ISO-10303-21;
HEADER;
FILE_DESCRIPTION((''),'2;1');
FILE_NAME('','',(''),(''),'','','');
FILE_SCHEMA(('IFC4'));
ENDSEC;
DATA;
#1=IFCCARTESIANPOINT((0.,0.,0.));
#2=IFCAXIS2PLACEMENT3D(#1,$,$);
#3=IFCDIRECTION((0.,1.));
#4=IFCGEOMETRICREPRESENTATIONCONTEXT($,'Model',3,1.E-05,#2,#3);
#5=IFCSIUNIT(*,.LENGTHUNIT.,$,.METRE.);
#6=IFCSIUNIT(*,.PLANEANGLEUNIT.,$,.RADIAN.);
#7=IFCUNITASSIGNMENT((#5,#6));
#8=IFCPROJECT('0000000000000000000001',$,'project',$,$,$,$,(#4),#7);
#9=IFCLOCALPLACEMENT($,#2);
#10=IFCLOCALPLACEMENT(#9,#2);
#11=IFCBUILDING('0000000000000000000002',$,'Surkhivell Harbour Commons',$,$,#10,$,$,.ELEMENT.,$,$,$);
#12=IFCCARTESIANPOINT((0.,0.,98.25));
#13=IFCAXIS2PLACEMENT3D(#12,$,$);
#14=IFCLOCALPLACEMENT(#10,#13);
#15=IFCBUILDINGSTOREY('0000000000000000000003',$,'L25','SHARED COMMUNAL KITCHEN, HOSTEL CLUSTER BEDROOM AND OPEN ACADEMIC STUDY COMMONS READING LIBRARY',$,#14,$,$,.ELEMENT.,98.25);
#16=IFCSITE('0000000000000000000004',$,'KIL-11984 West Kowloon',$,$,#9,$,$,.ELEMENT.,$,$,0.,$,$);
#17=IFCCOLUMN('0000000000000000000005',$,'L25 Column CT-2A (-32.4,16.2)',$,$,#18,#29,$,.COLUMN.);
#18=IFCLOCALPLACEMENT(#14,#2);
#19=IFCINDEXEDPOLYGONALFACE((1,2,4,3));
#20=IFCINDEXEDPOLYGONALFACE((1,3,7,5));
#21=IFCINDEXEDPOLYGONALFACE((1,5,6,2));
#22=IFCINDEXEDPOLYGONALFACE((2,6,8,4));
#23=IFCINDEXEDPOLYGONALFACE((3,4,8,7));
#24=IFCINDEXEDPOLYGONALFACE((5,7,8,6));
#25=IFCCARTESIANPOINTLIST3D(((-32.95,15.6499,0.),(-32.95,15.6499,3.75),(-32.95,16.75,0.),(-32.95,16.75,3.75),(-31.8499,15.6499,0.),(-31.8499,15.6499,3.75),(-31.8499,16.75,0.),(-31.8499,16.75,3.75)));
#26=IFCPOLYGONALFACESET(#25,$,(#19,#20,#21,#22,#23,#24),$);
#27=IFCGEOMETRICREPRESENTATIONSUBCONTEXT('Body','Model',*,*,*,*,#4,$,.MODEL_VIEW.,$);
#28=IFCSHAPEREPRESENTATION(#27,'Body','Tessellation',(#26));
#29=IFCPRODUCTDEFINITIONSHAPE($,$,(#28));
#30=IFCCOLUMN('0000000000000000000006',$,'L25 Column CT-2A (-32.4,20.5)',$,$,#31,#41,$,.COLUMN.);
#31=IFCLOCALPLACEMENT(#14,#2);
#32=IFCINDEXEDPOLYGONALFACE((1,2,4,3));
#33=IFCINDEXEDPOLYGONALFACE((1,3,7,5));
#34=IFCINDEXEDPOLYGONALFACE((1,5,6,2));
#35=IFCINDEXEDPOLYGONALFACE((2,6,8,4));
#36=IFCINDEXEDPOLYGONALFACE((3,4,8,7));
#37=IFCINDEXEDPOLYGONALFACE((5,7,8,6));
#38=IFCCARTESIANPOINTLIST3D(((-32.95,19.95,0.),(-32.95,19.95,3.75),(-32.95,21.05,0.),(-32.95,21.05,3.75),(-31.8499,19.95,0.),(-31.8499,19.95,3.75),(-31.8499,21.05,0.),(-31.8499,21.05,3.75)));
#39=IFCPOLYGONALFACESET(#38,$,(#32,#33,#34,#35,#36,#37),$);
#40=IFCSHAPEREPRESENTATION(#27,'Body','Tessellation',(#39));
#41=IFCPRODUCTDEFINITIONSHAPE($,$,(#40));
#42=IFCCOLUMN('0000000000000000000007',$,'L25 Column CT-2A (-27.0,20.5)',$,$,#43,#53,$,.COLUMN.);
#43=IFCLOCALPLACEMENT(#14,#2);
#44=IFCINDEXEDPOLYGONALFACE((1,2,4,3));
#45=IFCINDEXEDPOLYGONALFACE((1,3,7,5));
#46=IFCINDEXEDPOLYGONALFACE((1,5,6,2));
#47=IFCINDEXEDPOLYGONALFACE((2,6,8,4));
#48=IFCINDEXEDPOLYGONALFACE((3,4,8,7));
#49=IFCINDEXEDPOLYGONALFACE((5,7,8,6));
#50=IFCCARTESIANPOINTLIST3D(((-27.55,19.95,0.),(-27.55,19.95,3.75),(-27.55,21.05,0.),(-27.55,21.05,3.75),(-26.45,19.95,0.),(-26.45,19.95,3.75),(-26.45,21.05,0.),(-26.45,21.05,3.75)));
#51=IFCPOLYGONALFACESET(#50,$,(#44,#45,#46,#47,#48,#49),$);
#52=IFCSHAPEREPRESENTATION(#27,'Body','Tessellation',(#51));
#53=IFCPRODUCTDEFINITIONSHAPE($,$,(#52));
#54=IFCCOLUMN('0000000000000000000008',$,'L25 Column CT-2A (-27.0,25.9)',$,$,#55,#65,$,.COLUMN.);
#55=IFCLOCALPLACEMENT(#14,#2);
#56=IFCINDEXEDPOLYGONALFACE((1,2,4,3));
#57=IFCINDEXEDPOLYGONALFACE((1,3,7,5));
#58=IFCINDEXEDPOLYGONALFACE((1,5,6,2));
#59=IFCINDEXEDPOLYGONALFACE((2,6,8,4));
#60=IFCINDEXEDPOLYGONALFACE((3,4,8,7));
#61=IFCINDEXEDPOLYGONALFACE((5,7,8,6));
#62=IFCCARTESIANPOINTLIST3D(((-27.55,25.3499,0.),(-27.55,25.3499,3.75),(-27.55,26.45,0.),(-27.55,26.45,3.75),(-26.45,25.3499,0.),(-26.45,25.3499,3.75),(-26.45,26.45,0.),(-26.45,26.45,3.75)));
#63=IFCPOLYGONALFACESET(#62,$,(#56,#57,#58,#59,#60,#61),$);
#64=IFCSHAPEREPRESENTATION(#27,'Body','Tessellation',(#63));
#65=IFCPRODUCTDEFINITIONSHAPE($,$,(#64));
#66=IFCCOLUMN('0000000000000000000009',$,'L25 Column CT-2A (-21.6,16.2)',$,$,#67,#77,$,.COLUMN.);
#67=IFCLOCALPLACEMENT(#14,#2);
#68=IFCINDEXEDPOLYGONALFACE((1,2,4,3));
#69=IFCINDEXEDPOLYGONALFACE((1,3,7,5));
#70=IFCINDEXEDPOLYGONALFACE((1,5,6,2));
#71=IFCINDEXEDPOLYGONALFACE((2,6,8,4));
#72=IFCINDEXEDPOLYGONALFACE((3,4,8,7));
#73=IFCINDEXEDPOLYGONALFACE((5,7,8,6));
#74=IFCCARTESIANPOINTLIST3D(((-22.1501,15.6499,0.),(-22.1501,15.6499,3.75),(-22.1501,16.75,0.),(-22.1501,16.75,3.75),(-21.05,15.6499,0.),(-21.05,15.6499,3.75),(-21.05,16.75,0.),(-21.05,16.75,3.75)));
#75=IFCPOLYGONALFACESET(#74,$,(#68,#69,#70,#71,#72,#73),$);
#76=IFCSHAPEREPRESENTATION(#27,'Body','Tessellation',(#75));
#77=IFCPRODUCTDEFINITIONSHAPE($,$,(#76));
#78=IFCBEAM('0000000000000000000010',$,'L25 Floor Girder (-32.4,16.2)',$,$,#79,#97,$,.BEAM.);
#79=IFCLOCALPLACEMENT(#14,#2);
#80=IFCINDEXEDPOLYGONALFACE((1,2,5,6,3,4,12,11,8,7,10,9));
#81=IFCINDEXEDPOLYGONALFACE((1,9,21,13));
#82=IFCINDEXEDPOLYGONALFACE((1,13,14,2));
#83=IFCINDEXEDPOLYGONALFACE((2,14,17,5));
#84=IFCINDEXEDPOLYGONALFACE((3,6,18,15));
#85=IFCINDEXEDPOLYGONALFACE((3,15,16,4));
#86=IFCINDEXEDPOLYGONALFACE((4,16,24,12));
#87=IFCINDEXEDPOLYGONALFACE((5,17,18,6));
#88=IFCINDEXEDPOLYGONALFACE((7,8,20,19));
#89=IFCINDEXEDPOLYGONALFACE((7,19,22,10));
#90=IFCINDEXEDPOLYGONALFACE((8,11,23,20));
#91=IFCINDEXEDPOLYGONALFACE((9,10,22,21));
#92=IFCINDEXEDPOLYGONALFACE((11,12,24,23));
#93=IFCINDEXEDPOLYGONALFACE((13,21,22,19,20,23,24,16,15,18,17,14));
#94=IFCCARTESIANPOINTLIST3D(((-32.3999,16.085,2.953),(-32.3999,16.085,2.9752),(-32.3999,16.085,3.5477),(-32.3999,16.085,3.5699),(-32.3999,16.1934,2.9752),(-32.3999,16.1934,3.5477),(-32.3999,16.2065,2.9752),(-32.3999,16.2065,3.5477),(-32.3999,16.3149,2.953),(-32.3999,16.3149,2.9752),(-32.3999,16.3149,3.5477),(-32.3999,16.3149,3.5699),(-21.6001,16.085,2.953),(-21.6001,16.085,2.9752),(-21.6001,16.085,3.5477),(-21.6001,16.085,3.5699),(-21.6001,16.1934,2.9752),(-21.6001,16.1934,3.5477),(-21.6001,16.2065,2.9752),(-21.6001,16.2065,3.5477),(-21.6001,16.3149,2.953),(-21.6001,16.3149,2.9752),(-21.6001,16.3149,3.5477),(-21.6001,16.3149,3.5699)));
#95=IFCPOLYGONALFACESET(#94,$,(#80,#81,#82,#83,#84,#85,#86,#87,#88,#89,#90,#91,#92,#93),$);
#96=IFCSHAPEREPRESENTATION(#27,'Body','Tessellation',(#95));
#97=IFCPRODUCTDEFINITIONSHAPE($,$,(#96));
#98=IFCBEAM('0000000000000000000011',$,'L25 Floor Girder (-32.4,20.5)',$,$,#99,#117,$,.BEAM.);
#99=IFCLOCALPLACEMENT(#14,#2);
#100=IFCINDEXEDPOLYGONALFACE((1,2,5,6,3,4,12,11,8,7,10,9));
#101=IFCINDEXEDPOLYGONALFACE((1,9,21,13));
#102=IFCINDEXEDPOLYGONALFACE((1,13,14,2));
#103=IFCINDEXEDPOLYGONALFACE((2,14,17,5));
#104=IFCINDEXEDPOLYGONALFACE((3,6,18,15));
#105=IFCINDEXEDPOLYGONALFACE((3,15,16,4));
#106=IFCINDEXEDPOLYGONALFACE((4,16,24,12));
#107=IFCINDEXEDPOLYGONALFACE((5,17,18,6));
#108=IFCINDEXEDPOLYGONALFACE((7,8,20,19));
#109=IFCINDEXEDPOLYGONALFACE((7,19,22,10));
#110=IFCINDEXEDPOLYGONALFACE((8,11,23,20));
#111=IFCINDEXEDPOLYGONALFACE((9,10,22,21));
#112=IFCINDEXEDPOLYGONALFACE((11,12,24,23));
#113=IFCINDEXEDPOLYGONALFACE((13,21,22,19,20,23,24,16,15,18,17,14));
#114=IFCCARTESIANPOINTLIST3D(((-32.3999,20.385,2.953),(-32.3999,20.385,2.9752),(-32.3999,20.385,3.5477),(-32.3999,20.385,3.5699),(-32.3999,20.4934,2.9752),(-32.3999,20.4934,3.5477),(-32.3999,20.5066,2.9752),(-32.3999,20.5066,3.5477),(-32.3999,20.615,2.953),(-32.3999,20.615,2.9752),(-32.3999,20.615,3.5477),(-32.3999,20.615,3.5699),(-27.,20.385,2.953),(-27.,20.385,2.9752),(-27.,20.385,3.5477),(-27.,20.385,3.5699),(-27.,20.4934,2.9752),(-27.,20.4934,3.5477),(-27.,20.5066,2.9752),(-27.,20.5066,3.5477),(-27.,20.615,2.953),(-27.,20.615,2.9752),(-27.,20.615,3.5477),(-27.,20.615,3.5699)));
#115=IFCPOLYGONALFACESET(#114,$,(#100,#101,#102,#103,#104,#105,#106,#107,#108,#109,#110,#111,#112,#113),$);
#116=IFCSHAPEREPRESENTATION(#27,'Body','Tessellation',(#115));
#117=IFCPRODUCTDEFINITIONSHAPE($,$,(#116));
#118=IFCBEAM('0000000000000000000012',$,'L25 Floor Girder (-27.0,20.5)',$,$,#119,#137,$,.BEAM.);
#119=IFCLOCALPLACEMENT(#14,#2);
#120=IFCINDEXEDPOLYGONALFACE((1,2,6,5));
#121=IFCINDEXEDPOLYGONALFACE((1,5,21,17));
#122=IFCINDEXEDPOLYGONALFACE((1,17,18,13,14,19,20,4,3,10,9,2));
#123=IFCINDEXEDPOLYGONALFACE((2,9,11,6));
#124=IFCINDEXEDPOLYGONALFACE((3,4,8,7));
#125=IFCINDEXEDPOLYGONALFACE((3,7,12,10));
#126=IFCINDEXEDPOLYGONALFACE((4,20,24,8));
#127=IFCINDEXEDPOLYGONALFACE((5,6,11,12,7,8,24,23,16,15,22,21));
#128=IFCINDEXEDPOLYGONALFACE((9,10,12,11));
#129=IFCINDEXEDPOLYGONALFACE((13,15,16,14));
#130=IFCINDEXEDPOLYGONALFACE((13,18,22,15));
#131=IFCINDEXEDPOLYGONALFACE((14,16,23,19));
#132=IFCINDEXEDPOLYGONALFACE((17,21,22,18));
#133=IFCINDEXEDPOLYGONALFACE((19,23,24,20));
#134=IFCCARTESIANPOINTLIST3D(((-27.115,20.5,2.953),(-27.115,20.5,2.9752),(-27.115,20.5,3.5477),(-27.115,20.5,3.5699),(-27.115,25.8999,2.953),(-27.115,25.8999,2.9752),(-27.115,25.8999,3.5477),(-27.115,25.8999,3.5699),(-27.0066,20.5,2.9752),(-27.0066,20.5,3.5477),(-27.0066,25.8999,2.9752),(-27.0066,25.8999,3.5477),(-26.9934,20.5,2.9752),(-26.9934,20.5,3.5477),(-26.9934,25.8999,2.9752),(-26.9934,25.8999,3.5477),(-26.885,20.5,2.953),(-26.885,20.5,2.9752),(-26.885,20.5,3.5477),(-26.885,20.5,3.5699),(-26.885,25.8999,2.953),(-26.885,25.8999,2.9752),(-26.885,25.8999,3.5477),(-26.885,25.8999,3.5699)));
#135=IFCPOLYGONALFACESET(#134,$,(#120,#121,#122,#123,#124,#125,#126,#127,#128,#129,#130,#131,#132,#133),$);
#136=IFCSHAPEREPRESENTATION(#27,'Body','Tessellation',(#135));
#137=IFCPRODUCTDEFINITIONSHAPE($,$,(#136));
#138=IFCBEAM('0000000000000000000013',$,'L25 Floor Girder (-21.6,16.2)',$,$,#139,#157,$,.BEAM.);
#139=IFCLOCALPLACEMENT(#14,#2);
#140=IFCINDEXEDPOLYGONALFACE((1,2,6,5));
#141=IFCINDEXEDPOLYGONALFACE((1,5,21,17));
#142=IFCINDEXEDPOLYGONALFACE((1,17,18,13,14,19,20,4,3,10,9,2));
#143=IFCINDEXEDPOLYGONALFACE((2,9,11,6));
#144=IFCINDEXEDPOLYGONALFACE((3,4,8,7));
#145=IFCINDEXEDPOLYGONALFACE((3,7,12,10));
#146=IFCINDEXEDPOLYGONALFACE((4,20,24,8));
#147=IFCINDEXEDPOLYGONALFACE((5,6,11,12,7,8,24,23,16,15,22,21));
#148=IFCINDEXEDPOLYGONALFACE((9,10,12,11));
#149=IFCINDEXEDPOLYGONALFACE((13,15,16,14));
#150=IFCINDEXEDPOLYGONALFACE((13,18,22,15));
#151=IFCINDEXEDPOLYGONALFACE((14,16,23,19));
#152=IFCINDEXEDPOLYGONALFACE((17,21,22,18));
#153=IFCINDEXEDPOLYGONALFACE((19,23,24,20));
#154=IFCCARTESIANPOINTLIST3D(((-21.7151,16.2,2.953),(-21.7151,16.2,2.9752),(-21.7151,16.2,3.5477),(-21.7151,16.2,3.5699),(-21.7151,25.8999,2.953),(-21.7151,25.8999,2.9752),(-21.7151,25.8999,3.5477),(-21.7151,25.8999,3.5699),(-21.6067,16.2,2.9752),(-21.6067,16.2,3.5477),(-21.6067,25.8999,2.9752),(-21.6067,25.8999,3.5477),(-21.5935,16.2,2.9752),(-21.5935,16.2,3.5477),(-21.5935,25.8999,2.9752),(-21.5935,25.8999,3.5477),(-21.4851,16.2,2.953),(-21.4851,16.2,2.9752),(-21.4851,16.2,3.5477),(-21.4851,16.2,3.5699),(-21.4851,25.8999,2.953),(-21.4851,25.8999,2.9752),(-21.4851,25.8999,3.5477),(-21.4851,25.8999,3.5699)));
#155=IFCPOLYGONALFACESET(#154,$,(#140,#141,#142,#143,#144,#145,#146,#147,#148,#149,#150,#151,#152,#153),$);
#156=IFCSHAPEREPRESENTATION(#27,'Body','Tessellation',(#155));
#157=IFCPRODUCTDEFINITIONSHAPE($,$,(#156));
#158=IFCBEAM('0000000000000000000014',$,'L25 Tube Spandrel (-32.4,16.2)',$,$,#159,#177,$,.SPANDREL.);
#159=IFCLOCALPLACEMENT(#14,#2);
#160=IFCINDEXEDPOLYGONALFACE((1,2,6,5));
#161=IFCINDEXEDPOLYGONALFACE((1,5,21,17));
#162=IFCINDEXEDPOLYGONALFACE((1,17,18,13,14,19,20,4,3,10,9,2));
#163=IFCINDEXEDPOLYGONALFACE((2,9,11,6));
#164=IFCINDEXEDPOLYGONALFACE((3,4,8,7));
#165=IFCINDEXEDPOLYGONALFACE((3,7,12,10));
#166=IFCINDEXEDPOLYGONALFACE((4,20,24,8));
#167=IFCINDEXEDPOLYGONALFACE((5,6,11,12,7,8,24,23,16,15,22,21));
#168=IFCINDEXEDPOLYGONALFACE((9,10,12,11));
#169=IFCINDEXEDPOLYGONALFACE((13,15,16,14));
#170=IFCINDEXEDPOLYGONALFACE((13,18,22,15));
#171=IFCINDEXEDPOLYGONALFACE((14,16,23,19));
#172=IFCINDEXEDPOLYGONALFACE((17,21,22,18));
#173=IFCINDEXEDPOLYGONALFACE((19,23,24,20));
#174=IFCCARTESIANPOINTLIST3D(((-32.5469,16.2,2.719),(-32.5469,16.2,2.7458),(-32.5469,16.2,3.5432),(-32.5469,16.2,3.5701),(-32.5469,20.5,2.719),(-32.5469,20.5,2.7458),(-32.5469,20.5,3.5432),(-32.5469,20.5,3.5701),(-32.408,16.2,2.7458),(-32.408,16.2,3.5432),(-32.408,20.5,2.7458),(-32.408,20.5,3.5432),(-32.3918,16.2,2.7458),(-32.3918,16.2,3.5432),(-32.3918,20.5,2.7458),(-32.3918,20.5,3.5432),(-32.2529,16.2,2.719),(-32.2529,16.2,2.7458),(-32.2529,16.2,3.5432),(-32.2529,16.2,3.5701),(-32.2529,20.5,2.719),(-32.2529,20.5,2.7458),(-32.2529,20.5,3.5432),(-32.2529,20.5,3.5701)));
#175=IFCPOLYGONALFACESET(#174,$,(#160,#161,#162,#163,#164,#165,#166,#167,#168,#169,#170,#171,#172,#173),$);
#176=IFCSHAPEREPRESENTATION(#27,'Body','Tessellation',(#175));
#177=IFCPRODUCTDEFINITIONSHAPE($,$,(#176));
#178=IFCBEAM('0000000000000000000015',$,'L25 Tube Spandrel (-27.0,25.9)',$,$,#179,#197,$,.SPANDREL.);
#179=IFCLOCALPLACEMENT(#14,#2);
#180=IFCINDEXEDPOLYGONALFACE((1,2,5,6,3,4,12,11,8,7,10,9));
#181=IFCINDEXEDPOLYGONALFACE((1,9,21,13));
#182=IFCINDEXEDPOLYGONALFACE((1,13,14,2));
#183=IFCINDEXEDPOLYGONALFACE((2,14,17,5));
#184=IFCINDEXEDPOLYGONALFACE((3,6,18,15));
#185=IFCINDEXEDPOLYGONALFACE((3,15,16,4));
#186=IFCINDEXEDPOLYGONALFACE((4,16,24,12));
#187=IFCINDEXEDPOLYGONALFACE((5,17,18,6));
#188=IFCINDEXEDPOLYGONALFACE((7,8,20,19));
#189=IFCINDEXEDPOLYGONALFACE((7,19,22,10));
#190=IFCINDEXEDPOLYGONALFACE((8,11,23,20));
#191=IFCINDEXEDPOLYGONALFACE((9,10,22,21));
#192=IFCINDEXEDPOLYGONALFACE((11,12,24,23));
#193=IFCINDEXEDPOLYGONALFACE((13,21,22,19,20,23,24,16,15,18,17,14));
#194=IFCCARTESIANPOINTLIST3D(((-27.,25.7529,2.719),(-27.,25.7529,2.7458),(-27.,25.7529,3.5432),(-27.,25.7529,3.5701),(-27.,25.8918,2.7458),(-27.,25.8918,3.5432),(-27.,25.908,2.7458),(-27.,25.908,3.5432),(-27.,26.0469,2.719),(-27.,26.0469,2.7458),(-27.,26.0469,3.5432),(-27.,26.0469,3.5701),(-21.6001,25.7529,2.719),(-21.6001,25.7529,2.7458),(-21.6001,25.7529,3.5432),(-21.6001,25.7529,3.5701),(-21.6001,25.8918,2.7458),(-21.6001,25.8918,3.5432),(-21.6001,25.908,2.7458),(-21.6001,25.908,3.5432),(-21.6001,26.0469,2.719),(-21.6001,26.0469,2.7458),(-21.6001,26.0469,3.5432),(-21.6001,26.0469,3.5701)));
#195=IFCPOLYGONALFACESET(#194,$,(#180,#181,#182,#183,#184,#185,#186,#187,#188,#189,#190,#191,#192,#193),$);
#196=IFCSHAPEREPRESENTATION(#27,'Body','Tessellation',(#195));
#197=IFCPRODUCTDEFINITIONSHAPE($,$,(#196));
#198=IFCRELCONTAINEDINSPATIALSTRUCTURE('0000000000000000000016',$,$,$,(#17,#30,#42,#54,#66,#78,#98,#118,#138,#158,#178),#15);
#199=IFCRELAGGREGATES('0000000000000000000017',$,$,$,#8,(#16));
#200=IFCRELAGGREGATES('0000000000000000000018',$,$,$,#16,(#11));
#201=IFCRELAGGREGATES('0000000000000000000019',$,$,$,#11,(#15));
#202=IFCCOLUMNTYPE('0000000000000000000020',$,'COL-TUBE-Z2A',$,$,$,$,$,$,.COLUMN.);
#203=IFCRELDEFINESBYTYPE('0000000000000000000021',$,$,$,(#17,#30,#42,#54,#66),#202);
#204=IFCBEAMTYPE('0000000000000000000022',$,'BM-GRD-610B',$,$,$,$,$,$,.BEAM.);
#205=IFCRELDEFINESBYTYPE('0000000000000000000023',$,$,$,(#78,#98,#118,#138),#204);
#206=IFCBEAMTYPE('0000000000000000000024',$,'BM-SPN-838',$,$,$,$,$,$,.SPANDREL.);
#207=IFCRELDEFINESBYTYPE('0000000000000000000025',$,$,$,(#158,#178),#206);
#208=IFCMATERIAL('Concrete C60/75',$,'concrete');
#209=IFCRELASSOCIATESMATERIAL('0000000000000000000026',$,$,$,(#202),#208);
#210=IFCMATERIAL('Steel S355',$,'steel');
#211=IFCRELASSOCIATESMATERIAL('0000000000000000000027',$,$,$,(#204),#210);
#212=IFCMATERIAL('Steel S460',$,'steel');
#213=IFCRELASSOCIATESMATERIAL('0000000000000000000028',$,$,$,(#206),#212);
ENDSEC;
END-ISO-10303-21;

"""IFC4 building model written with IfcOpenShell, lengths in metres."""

from ifc_helpers import new_model, si_unit, direction, frame, origin, origin_2d, place, context, subcontext, project, spatial, rectangle, i_section, extrude, material, material_profile, profile_set, type_object, element, save


model = new_model("IFC4")

# Units and contexts
model_context = context("Model", 3, precision=1e-05, world=origin(), true_north=direction((0.0, 1.0)))
body_context = subcontext(model_context, "Body", "Model", "MODEL_VIEW")
ifc_project = project(units=[si_unit("LENGTHUNIT", "METRE"), si_unit("PLANEANGLEUNIT", "RADIAN")], contexts=[model_context])

# Site, building, storey
site_placement = place(None, origin())
site = spatial("IfcSite", under=ifc_project, at=site_placement, Name="KIL-11984 West Kowloon", CompositionType="ELEMENT", RefElevation=0.0)
building_placement = place(site_placement, origin())
building = spatial("IfcBuilding", under=site, at=building_placement, Name="Surkhivell Harbour Commons", CompositionType="ELEMENT")
storey_placement = place(building_placement, frame((0.0, 0.0, 98.25)))
storey = spatial("IfcBuildingStorey", under=building, at=storey_placement, Name="L25", Description="SHARED COMMUNAL KITCHEN, HOSTEL CLUSTER BEDROOM AND OPEN ACADEMIC STUDY COMMONS READING LIBRARY", CompositionType="ELEMENT", Elevation=98.25)

# Columns
ifc_material_1 = material(Name="Concrete C60/75", Category="concrete")
ifc_material_profile_1 = material_profile(ifc_material_1, rectangle(XDim=1.1001, YDim=1.1001, at=origin_2d()), Name="RC-COL-1100x1100")
ifc_profile_set_1 = profile_set([ifc_material_profile_1], Name="Concrete C60/75")
column_type = type_object("IfcColumnType", Name="COL-TUBE-Z2A", PredefinedType="COLUMN", material=ifc_profile_set_1)
for number, where, z_axis, x_axis, name in (
    (1, (-32.3999, 16.2, 0.0), (0.0, 0.0, 1.0), (1.0, 0.0, 0.0), "L25 Column CT-2A (-32.4,16.2)"),
    (2, (-32.3999, 20.5, 0.0), (0.0, 0.0, 1.0), (1.0, 0.0, 0.0), "L25 Column CT-2A (-32.4,20.5)"),
    (3, (-27.0, 20.5, 0.0), (0.0, 0.0, 1.0), (1.0, 0.0, 0.0), "L25 Column CT-2A (-27.0,20.5)"),
    (4, (-27.0, 25.8999, 0.0), (0.0, 0.0, 1.0), (1.0, 0.0, 0.0), "L25 Column CT-2A (-27.0,25.9)"),
    (5, (-21.6001, 16.2, 0.0), (0.0, 0.0, 1.0), (1.0, 0.0, 0.0), "L25 Column CT-2A (-21.6,16.2)"),
):
    element("IfcColumn", number, at=place(storey_placement, frame(where, z_axis=z_axis, x_axis=x_axis)), inside=storey, type_object=column_type, Name=name, PredefinedType="COLUMN", context=body_context, shape_type="SweptSolid", body=[
        extrude(rectangle(XDim=1.1001, YDim=1.1001, at=origin_2d()), origin(), (0.0, 0.0, 1.0), 3.75),
    ])

# Beams
ifc_material_2 = material(Name="Steel S355", Category="steel")
ifc_material_profile_2 = material_profile(ifc_material_2, i_section(OverallWidth=0.23, OverallDepth=0.6169, WebThickness=0.0132, FlangeThickness=0.0222, at=origin_2d()), Name="UB610x229x140")
ifc_profile_set_2 = profile_set([ifc_material_profile_2], Name="Steel S355")
beam_type_1 = type_object("IfcBeamType", Name="BM-GRD-610B", PredefinedType="BEAM", material=ifc_profile_set_2)
beam_1_placement = place(storey_placement, frame((-32.3999, 16.2, 3.2615), z_axis=(1.0, 0.0, 0.0), x_axis=(0.0, 1.0, 0.0)))
element("IfcBeam", 6, at=beam_1_placement, inside=storey, type_object=beam_type_1, Name="L25 Floor Girder (-32.4,16.2)", PredefinedType="BEAM", context=body_context, shape_type="SweptSolid", body=[
    extrude(i_section(OverallWidth=0.23, OverallDepth=0.6169, WebThickness=0.0132, FlangeThickness=0.0222, at=origin_2d()), origin(), (0.0, 0.0, 1.0), 10.7998),
])
for number, where, z_axis, x_axis, name in (
    (7, (-32.3999, 20.5, 3.2615), (1.0, 0.0, 0.0), (0.0, 1.0, 0.0), "L25 Floor Girder (-32.4,20.5)"),
    (8, (-27.0, 20.5, 3.2615), (0.0, 1.0, 0.0), (-1.0, 0.0, 0.0), "L25 Floor Girder (-27.0,20.5)"),
):
    element("IfcBeam", number, at=place(storey_placement, frame(where, z_axis=z_axis, x_axis=x_axis)), inside=storey, type_object=beam_type_1, Name=name, PredefinedType="BEAM", context=body_context, shape_type="SweptSolid", body=[
        extrude(i_section(OverallWidth=0.23, OverallDepth=0.6169, WebThickness=0.0132, FlangeThickness=0.0222, at=origin_2d()), origin(), (0.0, 0.0, 1.0), 5.3999),
    ])
beam_2_placement = place(storey_placement, frame((-21.6001, 16.2, 3.2615), z_axis=(0.0, 1.0, 0.0), x_axis=(-1.0, 0.0, 0.0)))
element("IfcBeam", 9, at=beam_2_placement, inside=storey, type_object=beam_type_1, Name="L25 Floor Girder (-21.6,16.2)", PredefinedType="BEAM", context=body_context, shape_type="SweptSolid", body=[
    extrude(i_section(OverallWidth=0.23, OverallDepth=0.6169, WebThickness=0.0132, FlangeThickness=0.0222, at=origin_2d()), origin(), (0.0, 0.0, 1.0), 9.7),
])
ifc_material_3 = material(Name="Steel S460", Category="steel")
ifc_material_profile_3 = material_profile(ifc_material_3, i_section(OverallWidth=0.2939, OverallDepth=0.8511, WebThickness=0.0161, FlangeThickness=0.0269, at=origin_2d()), Name="UB838x292x226")
ifc_profile_set_3 = profile_set([ifc_material_profile_3], Name="Steel S460")
beam_type_2 = type_object("IfcBeamType", Name="BM-SPN-838", PredefinedType="SPANDREL", material=ifc_profile_set_3)
beam_3_placement = place(storey_placement, frame((-32.3999, 16.2, 3.1445), z_axis=(0.0, 1.0, 0.0), x_axis=(-1.0, 0.0, 0.0)))
element("IfcBeam", 10, at=beam_3_placement, inside=storey, type_object=beam_type_2, Name="L25 Tube Spandrel (-32.4,16.2)", PredefinedType="SPANDREL", context=body_context, shape_type="SweptSolid", body=[
    extrude(i_section(OverallWidth=0.2939, OverallDepth=0.8511, WebThickness=0.0161, FlangeThickness=0.0269, at=origin_2d()), origin(), (0.0, 0.0, 1.0), 4.3),
])
beam_4_placement = place(storey_placement, frame((-27.0, 25.8999, 3.1445), z_axis=(1.0, 0.0, 0.0), x_axis=(0.0, 1.0, 0.0)))
element("IfcBeam", 11, at=beam_4_placement, inside=storey, type_object=beam_type_2, Name="L25 Tube Spandrel (-27.0,25.9)", PredefinedType="SPANDREL", context=body_context, shape_type="SweptSolid", body=[
    extrude(i_section(OverallWidth=0.2939, OverallDepth=0.8511, WebThickness=0.0161, FlangeThickness=0.0269, at=origin_2d()), origin(), (0.0, 0.0, 1.0), 5.3999),
])

save(model, "model.ifc")
